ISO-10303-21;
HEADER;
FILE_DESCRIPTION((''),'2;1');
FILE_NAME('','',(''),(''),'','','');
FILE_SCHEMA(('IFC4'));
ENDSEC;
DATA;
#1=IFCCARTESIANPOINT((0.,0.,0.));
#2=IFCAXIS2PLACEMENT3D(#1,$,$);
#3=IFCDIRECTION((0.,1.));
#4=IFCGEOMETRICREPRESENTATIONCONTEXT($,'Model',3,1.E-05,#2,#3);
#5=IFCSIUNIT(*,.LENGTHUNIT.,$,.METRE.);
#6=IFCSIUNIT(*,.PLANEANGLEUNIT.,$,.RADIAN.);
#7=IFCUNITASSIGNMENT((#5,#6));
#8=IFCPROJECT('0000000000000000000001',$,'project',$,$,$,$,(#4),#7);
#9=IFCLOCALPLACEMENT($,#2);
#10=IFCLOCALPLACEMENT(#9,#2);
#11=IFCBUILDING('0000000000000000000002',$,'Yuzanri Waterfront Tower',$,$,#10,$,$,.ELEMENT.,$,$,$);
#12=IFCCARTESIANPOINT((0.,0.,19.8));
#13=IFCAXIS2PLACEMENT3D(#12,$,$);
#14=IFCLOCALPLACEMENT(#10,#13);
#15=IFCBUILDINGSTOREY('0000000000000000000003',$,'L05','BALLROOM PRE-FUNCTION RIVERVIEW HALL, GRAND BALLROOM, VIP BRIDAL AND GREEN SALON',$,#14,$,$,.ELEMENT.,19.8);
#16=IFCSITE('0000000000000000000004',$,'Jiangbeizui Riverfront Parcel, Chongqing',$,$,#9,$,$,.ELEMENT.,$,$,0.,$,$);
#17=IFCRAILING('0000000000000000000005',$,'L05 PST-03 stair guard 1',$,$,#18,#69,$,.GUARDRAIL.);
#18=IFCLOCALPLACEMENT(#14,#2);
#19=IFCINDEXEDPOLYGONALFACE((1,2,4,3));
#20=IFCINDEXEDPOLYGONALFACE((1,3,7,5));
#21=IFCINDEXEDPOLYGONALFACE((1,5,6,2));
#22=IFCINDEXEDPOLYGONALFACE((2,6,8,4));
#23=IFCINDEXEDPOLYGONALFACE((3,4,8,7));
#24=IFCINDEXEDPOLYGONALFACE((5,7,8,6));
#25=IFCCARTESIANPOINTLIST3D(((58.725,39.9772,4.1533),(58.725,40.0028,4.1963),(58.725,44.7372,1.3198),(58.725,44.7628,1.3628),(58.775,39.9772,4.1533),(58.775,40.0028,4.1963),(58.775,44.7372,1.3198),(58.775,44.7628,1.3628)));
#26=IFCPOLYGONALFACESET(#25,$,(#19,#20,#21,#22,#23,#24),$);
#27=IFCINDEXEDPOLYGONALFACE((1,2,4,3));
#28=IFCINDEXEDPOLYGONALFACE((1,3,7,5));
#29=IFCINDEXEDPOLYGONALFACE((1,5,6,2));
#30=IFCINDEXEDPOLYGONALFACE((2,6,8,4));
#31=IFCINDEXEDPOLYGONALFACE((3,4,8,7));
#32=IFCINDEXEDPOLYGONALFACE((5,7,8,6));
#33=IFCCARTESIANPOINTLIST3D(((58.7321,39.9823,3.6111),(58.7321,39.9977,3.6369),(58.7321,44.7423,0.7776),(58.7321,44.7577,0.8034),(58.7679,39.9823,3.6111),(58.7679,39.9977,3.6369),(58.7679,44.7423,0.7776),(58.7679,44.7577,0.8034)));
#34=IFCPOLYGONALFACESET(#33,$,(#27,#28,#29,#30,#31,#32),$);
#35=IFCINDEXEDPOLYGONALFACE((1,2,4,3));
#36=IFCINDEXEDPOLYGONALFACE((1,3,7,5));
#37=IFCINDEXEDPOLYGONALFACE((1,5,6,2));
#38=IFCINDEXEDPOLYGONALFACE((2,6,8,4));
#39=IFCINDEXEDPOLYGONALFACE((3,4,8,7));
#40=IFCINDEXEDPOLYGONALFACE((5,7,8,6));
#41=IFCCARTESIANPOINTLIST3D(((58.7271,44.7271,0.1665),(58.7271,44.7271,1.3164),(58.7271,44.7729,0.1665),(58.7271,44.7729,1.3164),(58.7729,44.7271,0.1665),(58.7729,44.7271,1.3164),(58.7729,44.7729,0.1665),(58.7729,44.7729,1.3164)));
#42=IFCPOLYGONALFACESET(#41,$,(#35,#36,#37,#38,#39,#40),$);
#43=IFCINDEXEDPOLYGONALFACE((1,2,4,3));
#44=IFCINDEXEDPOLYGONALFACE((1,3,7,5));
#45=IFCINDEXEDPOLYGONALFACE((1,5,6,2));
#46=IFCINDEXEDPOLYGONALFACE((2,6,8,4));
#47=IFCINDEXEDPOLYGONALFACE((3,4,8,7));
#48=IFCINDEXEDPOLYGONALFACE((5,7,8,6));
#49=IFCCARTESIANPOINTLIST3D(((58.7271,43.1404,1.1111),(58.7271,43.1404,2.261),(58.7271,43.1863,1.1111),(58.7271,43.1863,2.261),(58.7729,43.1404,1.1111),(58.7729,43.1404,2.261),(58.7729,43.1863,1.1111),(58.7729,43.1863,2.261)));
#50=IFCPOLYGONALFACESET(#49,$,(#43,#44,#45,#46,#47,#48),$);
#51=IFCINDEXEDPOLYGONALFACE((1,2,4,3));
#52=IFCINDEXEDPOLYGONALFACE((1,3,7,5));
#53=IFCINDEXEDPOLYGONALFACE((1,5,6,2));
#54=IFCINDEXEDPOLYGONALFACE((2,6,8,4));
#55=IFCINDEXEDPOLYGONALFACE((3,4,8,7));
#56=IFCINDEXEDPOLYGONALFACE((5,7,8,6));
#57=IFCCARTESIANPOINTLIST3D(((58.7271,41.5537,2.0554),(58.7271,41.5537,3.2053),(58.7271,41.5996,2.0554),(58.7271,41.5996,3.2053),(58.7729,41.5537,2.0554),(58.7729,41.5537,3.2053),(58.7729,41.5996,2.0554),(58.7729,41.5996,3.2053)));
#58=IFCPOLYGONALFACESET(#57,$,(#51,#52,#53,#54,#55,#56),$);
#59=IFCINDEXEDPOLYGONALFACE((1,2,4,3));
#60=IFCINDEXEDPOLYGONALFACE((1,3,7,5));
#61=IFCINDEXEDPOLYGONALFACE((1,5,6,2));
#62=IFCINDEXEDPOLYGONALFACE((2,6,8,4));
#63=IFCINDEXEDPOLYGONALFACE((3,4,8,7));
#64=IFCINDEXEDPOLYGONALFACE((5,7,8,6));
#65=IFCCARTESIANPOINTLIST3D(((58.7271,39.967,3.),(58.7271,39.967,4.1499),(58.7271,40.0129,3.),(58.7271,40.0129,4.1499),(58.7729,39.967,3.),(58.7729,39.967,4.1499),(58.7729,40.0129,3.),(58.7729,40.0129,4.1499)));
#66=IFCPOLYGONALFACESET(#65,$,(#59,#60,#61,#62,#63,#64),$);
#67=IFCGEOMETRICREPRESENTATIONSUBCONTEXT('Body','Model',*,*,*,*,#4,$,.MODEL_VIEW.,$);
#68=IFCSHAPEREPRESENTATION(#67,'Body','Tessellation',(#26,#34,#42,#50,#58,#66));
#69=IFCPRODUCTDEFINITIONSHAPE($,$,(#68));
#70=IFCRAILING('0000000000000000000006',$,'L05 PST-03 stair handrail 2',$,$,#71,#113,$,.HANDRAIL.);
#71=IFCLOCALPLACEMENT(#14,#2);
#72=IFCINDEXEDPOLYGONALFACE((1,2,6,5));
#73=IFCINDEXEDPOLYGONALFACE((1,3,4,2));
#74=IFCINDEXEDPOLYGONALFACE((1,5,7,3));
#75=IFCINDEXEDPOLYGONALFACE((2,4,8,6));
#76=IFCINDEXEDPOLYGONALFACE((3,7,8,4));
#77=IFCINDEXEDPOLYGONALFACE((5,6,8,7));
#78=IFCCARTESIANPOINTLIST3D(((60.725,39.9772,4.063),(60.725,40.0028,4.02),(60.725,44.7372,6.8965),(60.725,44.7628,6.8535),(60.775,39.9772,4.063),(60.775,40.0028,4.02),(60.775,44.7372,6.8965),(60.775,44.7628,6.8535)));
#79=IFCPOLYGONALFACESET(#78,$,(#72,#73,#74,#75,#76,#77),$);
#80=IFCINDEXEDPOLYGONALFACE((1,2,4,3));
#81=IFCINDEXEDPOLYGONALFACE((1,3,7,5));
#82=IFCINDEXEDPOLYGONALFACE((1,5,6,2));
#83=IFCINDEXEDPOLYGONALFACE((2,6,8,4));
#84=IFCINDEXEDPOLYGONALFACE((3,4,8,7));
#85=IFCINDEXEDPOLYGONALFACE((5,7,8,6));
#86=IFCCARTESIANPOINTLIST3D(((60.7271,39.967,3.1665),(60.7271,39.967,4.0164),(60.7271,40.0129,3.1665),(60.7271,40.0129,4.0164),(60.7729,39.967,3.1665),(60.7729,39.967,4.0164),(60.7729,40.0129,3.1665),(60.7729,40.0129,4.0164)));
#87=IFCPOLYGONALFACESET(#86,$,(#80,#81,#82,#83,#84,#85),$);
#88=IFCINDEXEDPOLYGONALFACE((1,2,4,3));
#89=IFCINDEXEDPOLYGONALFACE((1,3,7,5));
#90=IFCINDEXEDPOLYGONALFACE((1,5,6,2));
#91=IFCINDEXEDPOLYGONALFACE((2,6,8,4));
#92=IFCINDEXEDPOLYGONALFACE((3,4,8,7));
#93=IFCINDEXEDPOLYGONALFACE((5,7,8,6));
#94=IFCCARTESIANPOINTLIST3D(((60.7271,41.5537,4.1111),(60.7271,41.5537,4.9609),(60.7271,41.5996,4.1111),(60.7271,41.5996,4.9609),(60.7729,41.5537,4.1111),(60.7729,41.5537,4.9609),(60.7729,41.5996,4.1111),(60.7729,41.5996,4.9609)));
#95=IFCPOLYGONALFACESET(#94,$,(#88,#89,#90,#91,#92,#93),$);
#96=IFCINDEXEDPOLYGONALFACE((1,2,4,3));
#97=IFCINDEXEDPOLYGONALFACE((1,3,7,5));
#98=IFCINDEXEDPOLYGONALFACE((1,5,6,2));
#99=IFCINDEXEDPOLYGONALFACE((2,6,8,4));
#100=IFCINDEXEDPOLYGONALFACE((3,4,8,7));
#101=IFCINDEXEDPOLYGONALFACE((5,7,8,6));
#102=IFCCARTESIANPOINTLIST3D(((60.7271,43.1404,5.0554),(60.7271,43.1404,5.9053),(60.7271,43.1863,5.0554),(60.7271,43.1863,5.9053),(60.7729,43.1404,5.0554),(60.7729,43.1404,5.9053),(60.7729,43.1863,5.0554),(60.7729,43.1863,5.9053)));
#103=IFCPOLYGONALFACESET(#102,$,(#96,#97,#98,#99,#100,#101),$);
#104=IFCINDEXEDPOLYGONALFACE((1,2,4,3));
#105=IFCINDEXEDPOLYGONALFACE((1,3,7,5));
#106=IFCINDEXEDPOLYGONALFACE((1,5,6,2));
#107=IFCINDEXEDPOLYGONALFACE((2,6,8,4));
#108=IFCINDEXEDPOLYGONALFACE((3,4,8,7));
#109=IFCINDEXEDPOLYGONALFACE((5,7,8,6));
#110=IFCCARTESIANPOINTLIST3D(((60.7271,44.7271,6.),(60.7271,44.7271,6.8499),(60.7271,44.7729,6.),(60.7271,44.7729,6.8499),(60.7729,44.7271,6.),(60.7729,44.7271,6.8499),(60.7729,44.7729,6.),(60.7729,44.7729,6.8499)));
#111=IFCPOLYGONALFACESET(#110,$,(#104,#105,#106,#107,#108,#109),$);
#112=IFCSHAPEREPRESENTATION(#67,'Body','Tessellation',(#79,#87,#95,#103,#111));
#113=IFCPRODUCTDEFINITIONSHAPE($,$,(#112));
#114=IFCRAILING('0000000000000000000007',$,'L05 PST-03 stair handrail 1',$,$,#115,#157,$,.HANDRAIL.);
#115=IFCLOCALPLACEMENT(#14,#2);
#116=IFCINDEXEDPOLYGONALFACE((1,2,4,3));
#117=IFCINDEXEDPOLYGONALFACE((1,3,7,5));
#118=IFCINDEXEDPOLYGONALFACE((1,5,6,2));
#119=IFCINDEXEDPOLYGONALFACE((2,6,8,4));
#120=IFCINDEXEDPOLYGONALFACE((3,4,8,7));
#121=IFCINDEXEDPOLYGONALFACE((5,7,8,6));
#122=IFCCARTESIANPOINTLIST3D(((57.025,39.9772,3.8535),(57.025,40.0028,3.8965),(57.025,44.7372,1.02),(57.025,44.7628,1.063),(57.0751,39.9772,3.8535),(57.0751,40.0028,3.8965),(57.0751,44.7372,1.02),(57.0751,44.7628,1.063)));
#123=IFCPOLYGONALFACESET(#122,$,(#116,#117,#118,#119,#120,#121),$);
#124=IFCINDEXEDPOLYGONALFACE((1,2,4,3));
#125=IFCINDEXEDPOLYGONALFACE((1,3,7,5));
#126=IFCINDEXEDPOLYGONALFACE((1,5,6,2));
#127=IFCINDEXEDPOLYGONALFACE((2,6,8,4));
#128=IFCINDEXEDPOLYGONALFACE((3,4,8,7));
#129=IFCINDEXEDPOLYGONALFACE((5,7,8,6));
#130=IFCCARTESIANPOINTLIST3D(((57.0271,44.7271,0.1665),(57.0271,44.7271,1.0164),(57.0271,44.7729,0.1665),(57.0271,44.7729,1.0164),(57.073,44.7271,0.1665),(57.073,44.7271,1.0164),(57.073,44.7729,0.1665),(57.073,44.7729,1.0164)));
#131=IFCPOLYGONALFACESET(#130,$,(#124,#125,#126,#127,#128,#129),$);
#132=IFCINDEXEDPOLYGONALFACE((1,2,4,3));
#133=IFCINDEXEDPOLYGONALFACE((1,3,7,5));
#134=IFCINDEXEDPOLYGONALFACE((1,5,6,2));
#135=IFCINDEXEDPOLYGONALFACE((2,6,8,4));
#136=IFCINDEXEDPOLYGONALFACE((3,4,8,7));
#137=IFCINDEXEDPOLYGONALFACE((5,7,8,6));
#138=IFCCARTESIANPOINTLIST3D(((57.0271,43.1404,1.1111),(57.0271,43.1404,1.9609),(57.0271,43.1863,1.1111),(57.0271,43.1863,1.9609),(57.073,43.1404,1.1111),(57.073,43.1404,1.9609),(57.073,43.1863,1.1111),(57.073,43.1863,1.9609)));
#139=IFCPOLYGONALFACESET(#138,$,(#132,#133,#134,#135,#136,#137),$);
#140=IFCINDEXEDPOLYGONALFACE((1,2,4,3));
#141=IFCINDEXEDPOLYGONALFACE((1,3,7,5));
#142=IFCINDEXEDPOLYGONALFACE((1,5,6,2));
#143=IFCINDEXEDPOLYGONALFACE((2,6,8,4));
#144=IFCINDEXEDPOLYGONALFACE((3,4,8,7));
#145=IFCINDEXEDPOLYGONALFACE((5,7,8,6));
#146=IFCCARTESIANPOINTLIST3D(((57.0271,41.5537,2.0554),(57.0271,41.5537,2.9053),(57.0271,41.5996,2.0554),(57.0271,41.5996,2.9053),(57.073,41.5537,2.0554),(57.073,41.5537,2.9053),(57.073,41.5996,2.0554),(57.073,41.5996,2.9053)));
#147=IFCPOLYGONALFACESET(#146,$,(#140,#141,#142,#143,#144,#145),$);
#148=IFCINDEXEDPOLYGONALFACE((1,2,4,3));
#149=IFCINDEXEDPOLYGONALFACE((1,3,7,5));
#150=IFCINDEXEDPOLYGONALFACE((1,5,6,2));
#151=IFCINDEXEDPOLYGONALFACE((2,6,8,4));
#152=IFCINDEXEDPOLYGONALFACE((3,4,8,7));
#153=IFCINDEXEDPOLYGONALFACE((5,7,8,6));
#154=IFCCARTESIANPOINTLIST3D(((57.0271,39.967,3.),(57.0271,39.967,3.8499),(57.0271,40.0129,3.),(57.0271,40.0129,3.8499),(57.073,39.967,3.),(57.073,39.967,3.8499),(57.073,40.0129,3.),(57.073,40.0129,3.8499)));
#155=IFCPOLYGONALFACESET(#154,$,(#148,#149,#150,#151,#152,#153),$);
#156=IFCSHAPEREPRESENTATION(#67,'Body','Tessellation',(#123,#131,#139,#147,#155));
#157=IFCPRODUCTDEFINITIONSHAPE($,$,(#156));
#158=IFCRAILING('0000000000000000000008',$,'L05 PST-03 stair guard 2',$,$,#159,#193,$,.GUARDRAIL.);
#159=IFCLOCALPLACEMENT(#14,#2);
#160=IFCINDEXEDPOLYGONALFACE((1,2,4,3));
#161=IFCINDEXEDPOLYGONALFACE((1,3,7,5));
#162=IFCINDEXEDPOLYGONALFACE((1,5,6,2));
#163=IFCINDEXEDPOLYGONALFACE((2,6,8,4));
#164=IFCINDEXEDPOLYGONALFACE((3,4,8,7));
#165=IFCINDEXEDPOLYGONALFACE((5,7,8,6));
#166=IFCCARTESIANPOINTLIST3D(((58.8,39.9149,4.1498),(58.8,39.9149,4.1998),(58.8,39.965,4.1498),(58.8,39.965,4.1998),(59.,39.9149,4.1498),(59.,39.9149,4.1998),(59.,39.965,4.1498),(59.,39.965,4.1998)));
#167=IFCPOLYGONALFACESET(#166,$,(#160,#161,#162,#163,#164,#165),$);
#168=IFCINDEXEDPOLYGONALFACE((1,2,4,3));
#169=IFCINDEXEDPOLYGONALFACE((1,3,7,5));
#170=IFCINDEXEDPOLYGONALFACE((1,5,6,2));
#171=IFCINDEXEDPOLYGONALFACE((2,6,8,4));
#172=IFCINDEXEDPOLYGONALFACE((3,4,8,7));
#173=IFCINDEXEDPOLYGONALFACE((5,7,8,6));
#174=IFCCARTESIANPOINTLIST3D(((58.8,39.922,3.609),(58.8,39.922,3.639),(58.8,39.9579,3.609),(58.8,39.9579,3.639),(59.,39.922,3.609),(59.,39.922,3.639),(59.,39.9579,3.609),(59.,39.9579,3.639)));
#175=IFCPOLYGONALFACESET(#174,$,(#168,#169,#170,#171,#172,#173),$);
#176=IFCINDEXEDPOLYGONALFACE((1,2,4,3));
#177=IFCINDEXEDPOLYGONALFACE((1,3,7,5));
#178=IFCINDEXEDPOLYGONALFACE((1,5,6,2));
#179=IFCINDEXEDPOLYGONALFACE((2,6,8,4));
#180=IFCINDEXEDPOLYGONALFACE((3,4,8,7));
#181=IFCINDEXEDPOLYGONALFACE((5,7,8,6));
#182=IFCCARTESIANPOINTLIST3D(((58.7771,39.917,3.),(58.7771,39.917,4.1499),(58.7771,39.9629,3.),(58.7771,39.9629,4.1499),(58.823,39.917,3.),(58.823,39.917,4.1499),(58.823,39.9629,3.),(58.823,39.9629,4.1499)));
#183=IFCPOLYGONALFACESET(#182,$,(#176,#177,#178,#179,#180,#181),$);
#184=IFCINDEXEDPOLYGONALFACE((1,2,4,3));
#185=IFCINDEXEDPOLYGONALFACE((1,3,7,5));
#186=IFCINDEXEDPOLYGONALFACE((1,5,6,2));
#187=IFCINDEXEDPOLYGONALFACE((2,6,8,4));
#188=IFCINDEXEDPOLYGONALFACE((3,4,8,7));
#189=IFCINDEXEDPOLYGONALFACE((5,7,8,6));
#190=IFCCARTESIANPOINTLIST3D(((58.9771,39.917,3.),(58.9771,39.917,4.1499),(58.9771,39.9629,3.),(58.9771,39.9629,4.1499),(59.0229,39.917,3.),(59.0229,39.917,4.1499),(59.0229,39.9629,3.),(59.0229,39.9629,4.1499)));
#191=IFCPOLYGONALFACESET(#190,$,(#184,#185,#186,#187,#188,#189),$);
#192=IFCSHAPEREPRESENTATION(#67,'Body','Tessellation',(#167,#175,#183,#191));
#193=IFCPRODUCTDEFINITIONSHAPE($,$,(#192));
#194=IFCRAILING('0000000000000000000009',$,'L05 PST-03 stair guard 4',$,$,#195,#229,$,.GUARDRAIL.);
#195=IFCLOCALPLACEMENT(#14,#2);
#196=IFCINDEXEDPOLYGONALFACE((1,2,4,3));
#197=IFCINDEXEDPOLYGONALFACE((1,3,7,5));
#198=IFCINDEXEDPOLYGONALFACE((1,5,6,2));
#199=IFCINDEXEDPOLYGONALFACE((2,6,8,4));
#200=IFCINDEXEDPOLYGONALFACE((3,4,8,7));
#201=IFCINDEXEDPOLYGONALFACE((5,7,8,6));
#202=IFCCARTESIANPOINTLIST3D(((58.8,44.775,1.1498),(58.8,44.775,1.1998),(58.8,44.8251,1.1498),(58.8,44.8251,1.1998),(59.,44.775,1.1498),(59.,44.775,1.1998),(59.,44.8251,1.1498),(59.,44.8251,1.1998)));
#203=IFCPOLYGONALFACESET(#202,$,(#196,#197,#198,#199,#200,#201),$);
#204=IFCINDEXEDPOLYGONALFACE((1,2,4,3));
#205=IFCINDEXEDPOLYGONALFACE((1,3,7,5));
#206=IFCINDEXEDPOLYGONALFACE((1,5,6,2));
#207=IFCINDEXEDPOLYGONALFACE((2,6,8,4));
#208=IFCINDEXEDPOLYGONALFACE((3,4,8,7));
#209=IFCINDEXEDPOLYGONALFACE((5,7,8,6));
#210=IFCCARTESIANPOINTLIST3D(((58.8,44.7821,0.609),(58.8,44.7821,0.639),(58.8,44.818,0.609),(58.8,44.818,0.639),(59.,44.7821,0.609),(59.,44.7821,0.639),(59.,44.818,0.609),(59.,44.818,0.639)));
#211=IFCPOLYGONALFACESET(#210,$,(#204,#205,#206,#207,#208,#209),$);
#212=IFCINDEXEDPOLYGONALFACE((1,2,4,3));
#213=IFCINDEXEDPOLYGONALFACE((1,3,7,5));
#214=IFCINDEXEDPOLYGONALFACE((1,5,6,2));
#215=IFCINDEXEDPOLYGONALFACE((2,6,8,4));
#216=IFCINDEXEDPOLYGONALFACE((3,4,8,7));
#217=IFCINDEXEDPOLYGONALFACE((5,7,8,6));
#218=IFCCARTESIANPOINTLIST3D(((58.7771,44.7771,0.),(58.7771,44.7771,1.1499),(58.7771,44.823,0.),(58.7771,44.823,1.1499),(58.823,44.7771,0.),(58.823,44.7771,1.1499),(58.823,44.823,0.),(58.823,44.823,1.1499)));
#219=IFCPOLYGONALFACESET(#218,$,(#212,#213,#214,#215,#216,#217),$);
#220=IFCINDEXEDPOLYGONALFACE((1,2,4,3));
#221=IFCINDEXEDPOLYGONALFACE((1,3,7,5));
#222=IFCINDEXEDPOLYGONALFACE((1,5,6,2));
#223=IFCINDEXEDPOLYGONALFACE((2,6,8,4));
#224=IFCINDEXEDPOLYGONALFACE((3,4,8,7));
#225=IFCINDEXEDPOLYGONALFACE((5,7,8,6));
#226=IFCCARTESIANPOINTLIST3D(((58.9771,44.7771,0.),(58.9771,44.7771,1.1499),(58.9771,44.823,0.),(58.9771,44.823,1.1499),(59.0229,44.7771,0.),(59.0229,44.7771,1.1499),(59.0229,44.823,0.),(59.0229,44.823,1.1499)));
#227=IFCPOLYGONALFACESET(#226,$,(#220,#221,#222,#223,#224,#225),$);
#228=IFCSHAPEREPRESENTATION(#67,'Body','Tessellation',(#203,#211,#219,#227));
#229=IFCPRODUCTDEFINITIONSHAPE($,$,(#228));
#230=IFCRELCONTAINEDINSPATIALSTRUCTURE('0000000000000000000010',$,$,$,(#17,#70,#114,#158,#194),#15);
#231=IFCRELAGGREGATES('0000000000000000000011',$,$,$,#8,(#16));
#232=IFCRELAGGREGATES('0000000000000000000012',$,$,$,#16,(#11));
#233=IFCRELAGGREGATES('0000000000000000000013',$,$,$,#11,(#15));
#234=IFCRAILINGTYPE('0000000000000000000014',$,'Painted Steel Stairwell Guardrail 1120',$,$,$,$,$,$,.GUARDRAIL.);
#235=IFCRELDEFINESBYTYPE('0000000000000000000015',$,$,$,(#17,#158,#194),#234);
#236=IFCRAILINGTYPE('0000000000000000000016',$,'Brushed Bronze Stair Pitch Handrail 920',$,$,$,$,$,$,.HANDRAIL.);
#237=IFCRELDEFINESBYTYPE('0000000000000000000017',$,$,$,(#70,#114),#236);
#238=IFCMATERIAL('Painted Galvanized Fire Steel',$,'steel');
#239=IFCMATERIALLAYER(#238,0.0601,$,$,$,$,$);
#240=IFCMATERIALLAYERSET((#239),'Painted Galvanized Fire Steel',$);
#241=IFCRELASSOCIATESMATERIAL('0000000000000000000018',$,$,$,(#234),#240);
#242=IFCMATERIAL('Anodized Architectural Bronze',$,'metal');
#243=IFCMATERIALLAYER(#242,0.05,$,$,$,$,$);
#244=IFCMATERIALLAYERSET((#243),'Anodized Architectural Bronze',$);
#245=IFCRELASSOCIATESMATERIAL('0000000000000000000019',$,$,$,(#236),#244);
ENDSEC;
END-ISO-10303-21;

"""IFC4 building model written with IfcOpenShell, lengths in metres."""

from ifc_helpers import new_model, si_unit, direction, frame, origin, origin_2d, place, context, subcontext, project, spatial, rectangle, extrude, source, transform, mapped, material, layer, layer_set, type_object, element, save


model = new_model("IFC4")

# Units and contexts
model_context = context("Model", 3, precision=1e-05, world=origin(), true_north=direction((0.0, 1.0)))
body_context = subcontext(model_context, "Body", "Model", "MODEL_VIEW")
ifc_project = project(units=[si_unit("LENGTHUNIT", "METRE"), si_unit("PLANEANGLEUNIT", "RADIAN")], contexts=[model_context])

# Site, building, storey
site_placement = place(None, origin())
site = spatial("IfcSite", under=ifc_project, at=site_placement, Name="Jiangbeizui Riverfront Parcel, Chongqing", CompositionType="ELEMENT", RefElevation=0.0)
building_placement = place(site_placement, origin())
building = spatial("IfcBuilding", under=site, at=building_placement, Name="Yuzanri Waterfront Tower", CompositionType="ELEMENT")
storey_placement = place(building_placement, frame((0.0, 0.0, 19.8)))
storey = spatial("IfcBuildingStorey", under=building, at=storey_placement, Name="L05", Description="BALLROOM PRE-FUNCTION RIVERVIEW HALL, GRAND BALLROOM, VIP BRIDAL AND GREEN SALON", CompositionType="ELEMENT", Elevation=19.8)

# Railings
ifc_material_1 = material(Name="Painted Galvanized Fire Steel", Category="steel")
ifc_layer_1 = layer(ifc_material_1, 0.0601)
ifc_layer_set_1 = layer_set([ifc_layer_1], Name="Painted Galvanized Fire Steel")
railing_type_1 = type_object("IfcRailingType", Name="Painted Steel Stairwell Guardrail 1120", PredefinedType="GUARDRAIL", material=ifc_layer_set_1)
shared_shape_1 = source(origin(), body_context, "Body", "SweptSolid", [
    extrude(rectangle(XDim=0.05, YDim=0.05, at=origin_2d()), frame((0.0, 0.0, 1.1748), z_axis=(0.0, -0.85928, 0.511505), x_axis=(1.0, 0.0, 0.0)), (0.0, 0.0, 1.0), 5.5396),
    extrude(rectangle(XDim=0.0359, YDim=0.03, at=origin_2d()), frame((0.0, 0.0, 0.624), z_axis=(0.0, -0.85928, 0.511505), x_axis=(1.0, 0.0, 0.0)), (0.0, 0.0, 1.0), 5.5396),
    extrude(rectangle(XDim=0.0459, YDim=0.0459, at=origin_2d()), origin(), (0.0, 0.0, 1.0), 1.1499),
    extrude(rectangle(XDim=0.0459, YDim=0.0459, at=origin_2d()), frame((0.0, -1.5867, 0.9446)), (0.0, 0.0, 1.0), 1.1499),
    extrude(rectangle(XDim=0.0459, YDim=0.0459, at=origin_2d()), frame((0.0, -3.1733, 1.8889)), (0.0, 0.0, 1.0), 1.1499),
    extrude(rectangle(XDim=0.0459, YDim=0.0459, at=origin_2d()), frame((0.0, -4.76, 2.8335)), (0.0, 0.0, 1.0), 1.1499),
])
railing_1_placement = place(storey_placement, frame((58.75, 44.75, 0.1665)))
element("IfcRailing", 1, at=railing_1_placement, inside=storey, type_object=railing_type_1, Name="L05 PST-03 stair guard 1", PredefinedType="GUARDRAIL", context=body_context, shape_type="MappedRepresentation", body=[
    mapped(shared_shape_1, transform((0.0, 0.0, 0.0), scale=1.0)),
])
ifc_material_2 = material(Name="Anodized Architectural Bronze", Category="metal")
ifc_layer_2 = layer(ifc_material_2, 0.05)
ifc_layer_set_2 = layer_set([ifc_layer_2], Name="Anodized Architectural Bronze")
railing_type_2 = type_object("IfcRailingType", Name="Brushed Bronze Stair Pitch Handrail 920", PredefinedType="HANDRAIL", material=ifc_layer_set_2)
shared_shape_2 = source(origin(), body_context, "Body", "SweptSolid", [
    extrude(rectangle(XDim=0.05, YDim=0.05, at=origin_2d()), frame((0.0, 0.0, 0.875), z_axis=(0.0, 0.85928, 0.511505), x_axis=(-1.0, 0.0, 0.0)), (0.0, 0.0, 1.0), 5.5396),
    extrude(rectangle(XDim=0.0459, YDim=0.0459, at=origin_2d()), origin(), (0.0, 0.0, 1.0), 0.8499),
    extrude(rectangle(XDim=0.0459, YDim=0.0459, at=origin_2d()), frame((0.0, 1.5867, 0.9446)), (0.0, 0.0, 1.0), 0.8499),
    extrude(rectangle(XDim=0.0459, YDim=0.0459, at=origin_2d()), frame((0.0, 3.1733, 1.8889)), (0.0, 0.0, 1.0), 0.8499),
    extrude(rectangle(XDim=0.0459, YDim=0.0459, at=origin_2d()), frame((0.0, 4.76, 2.8335)), (0.0, 0.0, 1.0), 0.8499),
])
railing_2_placement = place(storey_placement, frame((60.75, 39.99, 3.1665)))
element("IfcRailing", 2, at=railing_2_placement, inside=storey, type_object=railing_type_2, Name="L05 PST-03 stair handrail 2", PredefinedType="HANDRAIL", context=body_context, shape_type="MappedRepresentation", body=[
    mapped(shared_shape_2, transform((0.0, 0.0, 0.0), scale=1.0)),
])
shared_shape_3 = source(origin(), body_context, "Body", "SweptSolid", [
    extrude(rectangle(XDim=0.05, YDim=0.05, at=origin_2d()), frame((0.0, 0.0, 0.875), z_axis=(0.0, -0.85928, 0.511505), x_axis=(1.0, 0.0, 0.0)), (0.0, 0.0, 1.0), 5.5396),
    extrude(rectangle(XDim=0.0459, YDim=0.0459, at=origin_2d()), origin(), (0.0, 0.0, 1.0), 0.8499),
    extrude(rectangle(XDim=0.0459, YDim=0.0459, at=origin_2d()), frame((0.0, -1.5867, 0.9446)), (0.0, 0.0, 1.0), 0.8499),
    extrude(rectangle(XDim=0.0459, YDim=0.0459, at=origin_2d()), frame((0.0, -3.1733, 1.8889)), (0.0, 0.0, 1.0), 0.8499),
    extrude(rectangle(XDim=0.0459, YDim=0.0459, at=origin_2d()), frame((0.0, -4.76, 2.8335)), (0.0, 0.0, 1.0), 0.8499),
])
railing_3_placement = place(storey_placement, frame((57.05, 44.75, 0.1665)))
element("IfcRailing", 3, at=railing_3_placement, inside=storey, type_object=railing_type_2, Name="L05 PST-03 stair handrail 1", PredefinedType="HANDRAIL", context=body_context, shape_type="MappedRepresentation", body=[
    mapped(shared_shape_3, transform((0.0, 0.0, 0.0), scale=1.0)),
])
shared_shape_4 = source(origin(), body_context, "Body", "SweptSolid", [
    extrude(rectangle(XDim=0.05, YDim=0.05, at=origin_2d()), frame((0.0, 0.0, 1.1748), z_axis=(1.0, 0.0, 0.0), x_axis=(0.0, 1.0, 0.0)), (0.0, 0.0, 1.0), 0.2),
    extrude(rectangle(XDim=0.0359, YDim=0.03, at=origin_2d()), frame((0.0, 0.0, 0.624), z_axis=(1.0, 0.0, 0.0), x_axis=(0.0, 1.0, 0.0)), (0.0, 0.0, 1.0), 0.2),
    extrude(rectangle(XDim=0.0459, YDim=0.0459, at=origin_2d()), origin(), (0.0, 0.0, 1.0), 1.1499),
    extrude(rectangle(XDim=0.0459, YDim=0.0459, at=origin_2d()), frame((0.2, 0.0, 0.0)), (0.0, 0.0, 1.0), 1.1499),
])
for number, where, name in (
    (4, (58.8, 39.9399, 3.0), "L05 PST-03 stair guard 2"),
    (5, (58.8, 44.8, 0.0), "L05 PST-03 stair guard 4"),
):
    element("IfcRailing", number, at=place(storey_placement, frame(where)), inside=storey, type_object=railing_type_1, Name=name, PredefinedType="GUARDRAIL", context=body_context, shape_type="MappedRepresentation", body=[
        mapped(shared_shape_4, transform((0.0, 0.0, 0.0), scale=1.0)),
    ])

save(model, "model.ifc")
